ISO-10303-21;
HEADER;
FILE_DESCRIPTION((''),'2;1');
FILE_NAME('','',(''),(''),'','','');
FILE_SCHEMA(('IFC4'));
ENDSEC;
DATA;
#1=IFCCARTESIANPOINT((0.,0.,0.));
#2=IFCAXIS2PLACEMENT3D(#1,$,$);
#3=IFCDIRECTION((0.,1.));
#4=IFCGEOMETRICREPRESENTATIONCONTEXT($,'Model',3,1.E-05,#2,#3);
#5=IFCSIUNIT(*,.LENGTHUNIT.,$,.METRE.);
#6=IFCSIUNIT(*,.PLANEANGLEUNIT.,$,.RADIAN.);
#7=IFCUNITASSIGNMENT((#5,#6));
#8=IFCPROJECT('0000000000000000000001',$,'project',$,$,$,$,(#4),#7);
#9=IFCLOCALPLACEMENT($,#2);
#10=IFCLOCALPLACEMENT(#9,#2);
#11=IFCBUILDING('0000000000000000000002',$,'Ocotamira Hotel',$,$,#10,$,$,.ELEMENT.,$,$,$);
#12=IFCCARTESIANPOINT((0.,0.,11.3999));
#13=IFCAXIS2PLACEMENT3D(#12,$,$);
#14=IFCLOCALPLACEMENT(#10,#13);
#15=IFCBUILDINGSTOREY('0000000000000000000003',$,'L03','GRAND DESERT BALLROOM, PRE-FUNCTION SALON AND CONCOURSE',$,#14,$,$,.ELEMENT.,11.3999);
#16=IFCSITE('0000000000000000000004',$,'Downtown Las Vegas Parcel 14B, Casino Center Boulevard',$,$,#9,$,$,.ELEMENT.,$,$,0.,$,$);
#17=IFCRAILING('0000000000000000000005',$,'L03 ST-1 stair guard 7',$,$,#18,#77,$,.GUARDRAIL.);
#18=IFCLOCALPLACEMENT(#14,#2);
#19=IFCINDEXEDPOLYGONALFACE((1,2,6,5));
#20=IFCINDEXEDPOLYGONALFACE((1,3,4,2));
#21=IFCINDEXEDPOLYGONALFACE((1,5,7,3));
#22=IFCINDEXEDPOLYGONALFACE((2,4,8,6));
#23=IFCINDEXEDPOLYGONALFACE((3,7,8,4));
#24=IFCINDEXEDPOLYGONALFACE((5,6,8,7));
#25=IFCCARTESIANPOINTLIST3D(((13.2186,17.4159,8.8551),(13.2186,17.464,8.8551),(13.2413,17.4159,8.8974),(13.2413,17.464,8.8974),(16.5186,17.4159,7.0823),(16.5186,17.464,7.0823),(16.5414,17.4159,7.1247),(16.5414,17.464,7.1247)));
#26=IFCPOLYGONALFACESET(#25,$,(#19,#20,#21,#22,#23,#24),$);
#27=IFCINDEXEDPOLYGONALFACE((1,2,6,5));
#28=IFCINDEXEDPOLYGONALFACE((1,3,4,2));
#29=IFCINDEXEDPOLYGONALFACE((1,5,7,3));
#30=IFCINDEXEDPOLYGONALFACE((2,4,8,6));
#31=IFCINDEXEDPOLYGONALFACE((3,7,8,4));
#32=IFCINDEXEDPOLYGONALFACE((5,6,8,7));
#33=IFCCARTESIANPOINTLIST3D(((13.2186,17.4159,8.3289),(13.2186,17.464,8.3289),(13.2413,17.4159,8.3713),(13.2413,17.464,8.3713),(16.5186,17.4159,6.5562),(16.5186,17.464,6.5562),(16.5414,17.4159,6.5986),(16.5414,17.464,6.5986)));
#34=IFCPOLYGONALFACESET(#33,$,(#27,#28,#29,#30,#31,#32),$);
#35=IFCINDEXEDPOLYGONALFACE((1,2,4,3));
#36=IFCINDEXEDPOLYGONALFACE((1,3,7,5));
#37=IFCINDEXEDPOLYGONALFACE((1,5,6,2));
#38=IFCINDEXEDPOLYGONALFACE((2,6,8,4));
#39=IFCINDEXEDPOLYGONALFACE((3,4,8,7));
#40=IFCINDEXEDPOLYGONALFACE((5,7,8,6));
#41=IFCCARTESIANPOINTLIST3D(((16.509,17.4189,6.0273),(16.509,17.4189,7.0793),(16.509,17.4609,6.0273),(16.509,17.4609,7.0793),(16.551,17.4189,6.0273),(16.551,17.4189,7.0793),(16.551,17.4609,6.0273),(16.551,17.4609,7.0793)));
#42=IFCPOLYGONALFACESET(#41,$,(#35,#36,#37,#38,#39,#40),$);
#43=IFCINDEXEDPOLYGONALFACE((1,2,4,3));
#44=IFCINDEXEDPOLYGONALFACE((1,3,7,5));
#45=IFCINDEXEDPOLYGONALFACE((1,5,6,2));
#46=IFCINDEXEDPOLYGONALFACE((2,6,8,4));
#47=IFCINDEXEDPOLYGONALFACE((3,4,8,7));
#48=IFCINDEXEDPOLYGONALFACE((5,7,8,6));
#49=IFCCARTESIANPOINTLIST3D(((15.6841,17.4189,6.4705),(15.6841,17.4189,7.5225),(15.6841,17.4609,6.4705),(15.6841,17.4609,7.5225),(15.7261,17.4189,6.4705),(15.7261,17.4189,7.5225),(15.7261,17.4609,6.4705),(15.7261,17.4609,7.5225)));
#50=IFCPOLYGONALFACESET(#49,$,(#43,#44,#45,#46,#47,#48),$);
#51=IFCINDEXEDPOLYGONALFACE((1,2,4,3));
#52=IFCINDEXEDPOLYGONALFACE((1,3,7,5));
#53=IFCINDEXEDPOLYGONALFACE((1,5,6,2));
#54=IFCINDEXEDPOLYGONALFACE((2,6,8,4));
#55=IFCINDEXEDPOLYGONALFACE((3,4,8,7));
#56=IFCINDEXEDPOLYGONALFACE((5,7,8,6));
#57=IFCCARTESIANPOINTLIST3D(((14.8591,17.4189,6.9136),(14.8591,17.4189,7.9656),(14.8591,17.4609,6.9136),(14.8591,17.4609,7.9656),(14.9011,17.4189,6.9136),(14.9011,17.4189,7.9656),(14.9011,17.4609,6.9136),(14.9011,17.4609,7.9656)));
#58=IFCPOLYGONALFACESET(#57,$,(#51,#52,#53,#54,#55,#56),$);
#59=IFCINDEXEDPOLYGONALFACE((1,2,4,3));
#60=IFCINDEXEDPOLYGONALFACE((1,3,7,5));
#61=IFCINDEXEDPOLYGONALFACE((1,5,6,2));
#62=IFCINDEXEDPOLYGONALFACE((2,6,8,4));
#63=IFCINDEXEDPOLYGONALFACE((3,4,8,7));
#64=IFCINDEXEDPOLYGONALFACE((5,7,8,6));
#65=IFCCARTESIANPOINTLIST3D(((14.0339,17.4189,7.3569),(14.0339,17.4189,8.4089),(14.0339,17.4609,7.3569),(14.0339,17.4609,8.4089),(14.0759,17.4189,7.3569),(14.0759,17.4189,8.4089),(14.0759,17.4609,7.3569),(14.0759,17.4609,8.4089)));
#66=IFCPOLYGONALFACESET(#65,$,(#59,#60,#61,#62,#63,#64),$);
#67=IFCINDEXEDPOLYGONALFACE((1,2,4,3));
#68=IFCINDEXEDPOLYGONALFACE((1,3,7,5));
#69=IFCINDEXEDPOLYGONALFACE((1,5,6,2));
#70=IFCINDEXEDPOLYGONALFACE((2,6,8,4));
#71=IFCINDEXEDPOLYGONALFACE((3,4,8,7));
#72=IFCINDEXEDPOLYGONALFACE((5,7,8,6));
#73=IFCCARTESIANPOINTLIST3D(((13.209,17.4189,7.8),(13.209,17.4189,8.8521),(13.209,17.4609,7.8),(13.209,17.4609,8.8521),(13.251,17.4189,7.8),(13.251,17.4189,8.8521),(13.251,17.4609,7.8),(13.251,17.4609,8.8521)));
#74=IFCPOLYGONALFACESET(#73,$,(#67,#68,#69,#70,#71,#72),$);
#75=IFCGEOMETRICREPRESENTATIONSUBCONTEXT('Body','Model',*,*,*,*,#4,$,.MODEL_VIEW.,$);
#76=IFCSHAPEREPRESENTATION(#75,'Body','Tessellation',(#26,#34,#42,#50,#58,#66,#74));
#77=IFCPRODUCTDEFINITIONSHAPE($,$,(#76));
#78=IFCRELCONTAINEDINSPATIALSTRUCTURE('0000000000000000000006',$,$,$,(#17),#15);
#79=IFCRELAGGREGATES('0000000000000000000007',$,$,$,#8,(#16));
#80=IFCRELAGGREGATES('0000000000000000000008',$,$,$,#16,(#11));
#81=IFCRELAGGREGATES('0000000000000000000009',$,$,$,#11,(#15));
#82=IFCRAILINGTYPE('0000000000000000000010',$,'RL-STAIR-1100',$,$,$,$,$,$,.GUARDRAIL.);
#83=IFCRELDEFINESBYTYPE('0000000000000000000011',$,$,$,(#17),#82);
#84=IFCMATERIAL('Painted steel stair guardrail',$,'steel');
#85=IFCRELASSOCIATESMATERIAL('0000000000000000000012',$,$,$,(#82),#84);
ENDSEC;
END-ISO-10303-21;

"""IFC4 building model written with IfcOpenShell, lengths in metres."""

from ifc_helpers import new_model, si_unit, direction, frame, origin, origin_2d, place, context, subcontext, project, spatial, rectangle, extrude, material, type_object, element, save


model = new_model("IFC4")

# Units and contexts
model_context = context("Model", 3, precision=1e-05, world=origin(), true_north=direction((0.0, 1.0)))
body_context = subcontext(model_context, "Body", "Model", "MODEL_VIEW")
ifc_project = project(units=[si_unit("LENGTHUNIT", "METRE"), si_unit("PLANEANGLEUNIT", "RADIAN")], contexts=[model_context])

# Site, building, storey
site_placement = place(None, origin())
site = spatial("IfcSite", under=ifc_project, at=site_placement, Name="Downtown Las Vegas Parcel 14B, Casino Center Boulevard", CompositionType="ELEMENT", RefElevation=0.0)
building_placement = place(site_placement, origin())
building = spatial("IfcBuilding", under=site, at=building_placement, Name="Ocotamira Hotel", CompositionType="ELEMENT")
storey_placement = place(building_placement, frame((0.0, 0.0, 11.3999)))
storey = spatial("IfcBuildingStorey", under=building, at=storey_placement, Name="L03", Description="GRAND DESERT BALLROOM, PRE-FUNCTION SALON AND CONCOURSE", CompositionType="ELEMENT", Elevation=11.3999)

# Railing
ifc_material_1 = material(Name="Painted steel stair guardrail", Category="steel")
railing_type_1 = type_object("IfcRailingType", Name="RL-STAIR-1100", PredefinedType="GUARDRAIL", material=ifc_material_1)
railing_1_placement = place(storey_placement, frame((16.53, 17.4399, 6.0273)))
element("IfcRailing", 1, at=railing_1_placement, inside=storey, type_object=railing_type_1, Name="L03 ST-1 stair guard 7", PredefinedType="GUARDRAIL", context=body_context, shape_type="SweptSolid", body=[
    extrude(rectangle(XDim=0.0481, YDim=0.0481, at=origin_2d()), frame((0.0, 0.0, 1.0762), z_axis=(-0.880944, 0.0, 0.473221), x_axis=(0.0, -1.0, 0.0)), (0.0, 0.0, 1.0), 3.7461),
    extrude(rectangle(XDim=0.0481, YDim=0.0481, at=origin_2d()), frame((0.0, 0.0, 0.55), z_axis=(-0.880944, 0.0, 0.473221), x_axis=(0.0, -1.0, 0.0)), (0.0, 0.0, 1.0), 3.7461),
    extrude(rectangle(XDim=0.042, YDim=0.042, at=origin_2d()), origin(), (0.0, 0.0, 1.0), 1.052),
    extrude(rectangle(XDim=0.042, YDim=0.042, at=origin_2d()), frame((-0.825, 0.0, 0.4431)), (0.0, 0.0, 1.0), 1.052),
    extrude(rectangle(XDim=0.042, YDim=0.042, at=origin_2d()), frame((-1.6499, 0.0, 0.8862)), (0.0, 0.0, 1.0), 1.052),
    extrude(rectangle(XDim=0.042, YDim=0.042, at=origin_2d()), frame((-2.4751, 0.0, 1.3296)), (0.0, 0.0, 1.0), 1.052),
    extrude(rectangle(XDim=0.042, YDim=0.042, at=origin_2d()), frame((-3.3, 0.0, 1.7727)), (0.0, 0.0, 1.0), 1.052),
])

save(model, "model.ifc")
